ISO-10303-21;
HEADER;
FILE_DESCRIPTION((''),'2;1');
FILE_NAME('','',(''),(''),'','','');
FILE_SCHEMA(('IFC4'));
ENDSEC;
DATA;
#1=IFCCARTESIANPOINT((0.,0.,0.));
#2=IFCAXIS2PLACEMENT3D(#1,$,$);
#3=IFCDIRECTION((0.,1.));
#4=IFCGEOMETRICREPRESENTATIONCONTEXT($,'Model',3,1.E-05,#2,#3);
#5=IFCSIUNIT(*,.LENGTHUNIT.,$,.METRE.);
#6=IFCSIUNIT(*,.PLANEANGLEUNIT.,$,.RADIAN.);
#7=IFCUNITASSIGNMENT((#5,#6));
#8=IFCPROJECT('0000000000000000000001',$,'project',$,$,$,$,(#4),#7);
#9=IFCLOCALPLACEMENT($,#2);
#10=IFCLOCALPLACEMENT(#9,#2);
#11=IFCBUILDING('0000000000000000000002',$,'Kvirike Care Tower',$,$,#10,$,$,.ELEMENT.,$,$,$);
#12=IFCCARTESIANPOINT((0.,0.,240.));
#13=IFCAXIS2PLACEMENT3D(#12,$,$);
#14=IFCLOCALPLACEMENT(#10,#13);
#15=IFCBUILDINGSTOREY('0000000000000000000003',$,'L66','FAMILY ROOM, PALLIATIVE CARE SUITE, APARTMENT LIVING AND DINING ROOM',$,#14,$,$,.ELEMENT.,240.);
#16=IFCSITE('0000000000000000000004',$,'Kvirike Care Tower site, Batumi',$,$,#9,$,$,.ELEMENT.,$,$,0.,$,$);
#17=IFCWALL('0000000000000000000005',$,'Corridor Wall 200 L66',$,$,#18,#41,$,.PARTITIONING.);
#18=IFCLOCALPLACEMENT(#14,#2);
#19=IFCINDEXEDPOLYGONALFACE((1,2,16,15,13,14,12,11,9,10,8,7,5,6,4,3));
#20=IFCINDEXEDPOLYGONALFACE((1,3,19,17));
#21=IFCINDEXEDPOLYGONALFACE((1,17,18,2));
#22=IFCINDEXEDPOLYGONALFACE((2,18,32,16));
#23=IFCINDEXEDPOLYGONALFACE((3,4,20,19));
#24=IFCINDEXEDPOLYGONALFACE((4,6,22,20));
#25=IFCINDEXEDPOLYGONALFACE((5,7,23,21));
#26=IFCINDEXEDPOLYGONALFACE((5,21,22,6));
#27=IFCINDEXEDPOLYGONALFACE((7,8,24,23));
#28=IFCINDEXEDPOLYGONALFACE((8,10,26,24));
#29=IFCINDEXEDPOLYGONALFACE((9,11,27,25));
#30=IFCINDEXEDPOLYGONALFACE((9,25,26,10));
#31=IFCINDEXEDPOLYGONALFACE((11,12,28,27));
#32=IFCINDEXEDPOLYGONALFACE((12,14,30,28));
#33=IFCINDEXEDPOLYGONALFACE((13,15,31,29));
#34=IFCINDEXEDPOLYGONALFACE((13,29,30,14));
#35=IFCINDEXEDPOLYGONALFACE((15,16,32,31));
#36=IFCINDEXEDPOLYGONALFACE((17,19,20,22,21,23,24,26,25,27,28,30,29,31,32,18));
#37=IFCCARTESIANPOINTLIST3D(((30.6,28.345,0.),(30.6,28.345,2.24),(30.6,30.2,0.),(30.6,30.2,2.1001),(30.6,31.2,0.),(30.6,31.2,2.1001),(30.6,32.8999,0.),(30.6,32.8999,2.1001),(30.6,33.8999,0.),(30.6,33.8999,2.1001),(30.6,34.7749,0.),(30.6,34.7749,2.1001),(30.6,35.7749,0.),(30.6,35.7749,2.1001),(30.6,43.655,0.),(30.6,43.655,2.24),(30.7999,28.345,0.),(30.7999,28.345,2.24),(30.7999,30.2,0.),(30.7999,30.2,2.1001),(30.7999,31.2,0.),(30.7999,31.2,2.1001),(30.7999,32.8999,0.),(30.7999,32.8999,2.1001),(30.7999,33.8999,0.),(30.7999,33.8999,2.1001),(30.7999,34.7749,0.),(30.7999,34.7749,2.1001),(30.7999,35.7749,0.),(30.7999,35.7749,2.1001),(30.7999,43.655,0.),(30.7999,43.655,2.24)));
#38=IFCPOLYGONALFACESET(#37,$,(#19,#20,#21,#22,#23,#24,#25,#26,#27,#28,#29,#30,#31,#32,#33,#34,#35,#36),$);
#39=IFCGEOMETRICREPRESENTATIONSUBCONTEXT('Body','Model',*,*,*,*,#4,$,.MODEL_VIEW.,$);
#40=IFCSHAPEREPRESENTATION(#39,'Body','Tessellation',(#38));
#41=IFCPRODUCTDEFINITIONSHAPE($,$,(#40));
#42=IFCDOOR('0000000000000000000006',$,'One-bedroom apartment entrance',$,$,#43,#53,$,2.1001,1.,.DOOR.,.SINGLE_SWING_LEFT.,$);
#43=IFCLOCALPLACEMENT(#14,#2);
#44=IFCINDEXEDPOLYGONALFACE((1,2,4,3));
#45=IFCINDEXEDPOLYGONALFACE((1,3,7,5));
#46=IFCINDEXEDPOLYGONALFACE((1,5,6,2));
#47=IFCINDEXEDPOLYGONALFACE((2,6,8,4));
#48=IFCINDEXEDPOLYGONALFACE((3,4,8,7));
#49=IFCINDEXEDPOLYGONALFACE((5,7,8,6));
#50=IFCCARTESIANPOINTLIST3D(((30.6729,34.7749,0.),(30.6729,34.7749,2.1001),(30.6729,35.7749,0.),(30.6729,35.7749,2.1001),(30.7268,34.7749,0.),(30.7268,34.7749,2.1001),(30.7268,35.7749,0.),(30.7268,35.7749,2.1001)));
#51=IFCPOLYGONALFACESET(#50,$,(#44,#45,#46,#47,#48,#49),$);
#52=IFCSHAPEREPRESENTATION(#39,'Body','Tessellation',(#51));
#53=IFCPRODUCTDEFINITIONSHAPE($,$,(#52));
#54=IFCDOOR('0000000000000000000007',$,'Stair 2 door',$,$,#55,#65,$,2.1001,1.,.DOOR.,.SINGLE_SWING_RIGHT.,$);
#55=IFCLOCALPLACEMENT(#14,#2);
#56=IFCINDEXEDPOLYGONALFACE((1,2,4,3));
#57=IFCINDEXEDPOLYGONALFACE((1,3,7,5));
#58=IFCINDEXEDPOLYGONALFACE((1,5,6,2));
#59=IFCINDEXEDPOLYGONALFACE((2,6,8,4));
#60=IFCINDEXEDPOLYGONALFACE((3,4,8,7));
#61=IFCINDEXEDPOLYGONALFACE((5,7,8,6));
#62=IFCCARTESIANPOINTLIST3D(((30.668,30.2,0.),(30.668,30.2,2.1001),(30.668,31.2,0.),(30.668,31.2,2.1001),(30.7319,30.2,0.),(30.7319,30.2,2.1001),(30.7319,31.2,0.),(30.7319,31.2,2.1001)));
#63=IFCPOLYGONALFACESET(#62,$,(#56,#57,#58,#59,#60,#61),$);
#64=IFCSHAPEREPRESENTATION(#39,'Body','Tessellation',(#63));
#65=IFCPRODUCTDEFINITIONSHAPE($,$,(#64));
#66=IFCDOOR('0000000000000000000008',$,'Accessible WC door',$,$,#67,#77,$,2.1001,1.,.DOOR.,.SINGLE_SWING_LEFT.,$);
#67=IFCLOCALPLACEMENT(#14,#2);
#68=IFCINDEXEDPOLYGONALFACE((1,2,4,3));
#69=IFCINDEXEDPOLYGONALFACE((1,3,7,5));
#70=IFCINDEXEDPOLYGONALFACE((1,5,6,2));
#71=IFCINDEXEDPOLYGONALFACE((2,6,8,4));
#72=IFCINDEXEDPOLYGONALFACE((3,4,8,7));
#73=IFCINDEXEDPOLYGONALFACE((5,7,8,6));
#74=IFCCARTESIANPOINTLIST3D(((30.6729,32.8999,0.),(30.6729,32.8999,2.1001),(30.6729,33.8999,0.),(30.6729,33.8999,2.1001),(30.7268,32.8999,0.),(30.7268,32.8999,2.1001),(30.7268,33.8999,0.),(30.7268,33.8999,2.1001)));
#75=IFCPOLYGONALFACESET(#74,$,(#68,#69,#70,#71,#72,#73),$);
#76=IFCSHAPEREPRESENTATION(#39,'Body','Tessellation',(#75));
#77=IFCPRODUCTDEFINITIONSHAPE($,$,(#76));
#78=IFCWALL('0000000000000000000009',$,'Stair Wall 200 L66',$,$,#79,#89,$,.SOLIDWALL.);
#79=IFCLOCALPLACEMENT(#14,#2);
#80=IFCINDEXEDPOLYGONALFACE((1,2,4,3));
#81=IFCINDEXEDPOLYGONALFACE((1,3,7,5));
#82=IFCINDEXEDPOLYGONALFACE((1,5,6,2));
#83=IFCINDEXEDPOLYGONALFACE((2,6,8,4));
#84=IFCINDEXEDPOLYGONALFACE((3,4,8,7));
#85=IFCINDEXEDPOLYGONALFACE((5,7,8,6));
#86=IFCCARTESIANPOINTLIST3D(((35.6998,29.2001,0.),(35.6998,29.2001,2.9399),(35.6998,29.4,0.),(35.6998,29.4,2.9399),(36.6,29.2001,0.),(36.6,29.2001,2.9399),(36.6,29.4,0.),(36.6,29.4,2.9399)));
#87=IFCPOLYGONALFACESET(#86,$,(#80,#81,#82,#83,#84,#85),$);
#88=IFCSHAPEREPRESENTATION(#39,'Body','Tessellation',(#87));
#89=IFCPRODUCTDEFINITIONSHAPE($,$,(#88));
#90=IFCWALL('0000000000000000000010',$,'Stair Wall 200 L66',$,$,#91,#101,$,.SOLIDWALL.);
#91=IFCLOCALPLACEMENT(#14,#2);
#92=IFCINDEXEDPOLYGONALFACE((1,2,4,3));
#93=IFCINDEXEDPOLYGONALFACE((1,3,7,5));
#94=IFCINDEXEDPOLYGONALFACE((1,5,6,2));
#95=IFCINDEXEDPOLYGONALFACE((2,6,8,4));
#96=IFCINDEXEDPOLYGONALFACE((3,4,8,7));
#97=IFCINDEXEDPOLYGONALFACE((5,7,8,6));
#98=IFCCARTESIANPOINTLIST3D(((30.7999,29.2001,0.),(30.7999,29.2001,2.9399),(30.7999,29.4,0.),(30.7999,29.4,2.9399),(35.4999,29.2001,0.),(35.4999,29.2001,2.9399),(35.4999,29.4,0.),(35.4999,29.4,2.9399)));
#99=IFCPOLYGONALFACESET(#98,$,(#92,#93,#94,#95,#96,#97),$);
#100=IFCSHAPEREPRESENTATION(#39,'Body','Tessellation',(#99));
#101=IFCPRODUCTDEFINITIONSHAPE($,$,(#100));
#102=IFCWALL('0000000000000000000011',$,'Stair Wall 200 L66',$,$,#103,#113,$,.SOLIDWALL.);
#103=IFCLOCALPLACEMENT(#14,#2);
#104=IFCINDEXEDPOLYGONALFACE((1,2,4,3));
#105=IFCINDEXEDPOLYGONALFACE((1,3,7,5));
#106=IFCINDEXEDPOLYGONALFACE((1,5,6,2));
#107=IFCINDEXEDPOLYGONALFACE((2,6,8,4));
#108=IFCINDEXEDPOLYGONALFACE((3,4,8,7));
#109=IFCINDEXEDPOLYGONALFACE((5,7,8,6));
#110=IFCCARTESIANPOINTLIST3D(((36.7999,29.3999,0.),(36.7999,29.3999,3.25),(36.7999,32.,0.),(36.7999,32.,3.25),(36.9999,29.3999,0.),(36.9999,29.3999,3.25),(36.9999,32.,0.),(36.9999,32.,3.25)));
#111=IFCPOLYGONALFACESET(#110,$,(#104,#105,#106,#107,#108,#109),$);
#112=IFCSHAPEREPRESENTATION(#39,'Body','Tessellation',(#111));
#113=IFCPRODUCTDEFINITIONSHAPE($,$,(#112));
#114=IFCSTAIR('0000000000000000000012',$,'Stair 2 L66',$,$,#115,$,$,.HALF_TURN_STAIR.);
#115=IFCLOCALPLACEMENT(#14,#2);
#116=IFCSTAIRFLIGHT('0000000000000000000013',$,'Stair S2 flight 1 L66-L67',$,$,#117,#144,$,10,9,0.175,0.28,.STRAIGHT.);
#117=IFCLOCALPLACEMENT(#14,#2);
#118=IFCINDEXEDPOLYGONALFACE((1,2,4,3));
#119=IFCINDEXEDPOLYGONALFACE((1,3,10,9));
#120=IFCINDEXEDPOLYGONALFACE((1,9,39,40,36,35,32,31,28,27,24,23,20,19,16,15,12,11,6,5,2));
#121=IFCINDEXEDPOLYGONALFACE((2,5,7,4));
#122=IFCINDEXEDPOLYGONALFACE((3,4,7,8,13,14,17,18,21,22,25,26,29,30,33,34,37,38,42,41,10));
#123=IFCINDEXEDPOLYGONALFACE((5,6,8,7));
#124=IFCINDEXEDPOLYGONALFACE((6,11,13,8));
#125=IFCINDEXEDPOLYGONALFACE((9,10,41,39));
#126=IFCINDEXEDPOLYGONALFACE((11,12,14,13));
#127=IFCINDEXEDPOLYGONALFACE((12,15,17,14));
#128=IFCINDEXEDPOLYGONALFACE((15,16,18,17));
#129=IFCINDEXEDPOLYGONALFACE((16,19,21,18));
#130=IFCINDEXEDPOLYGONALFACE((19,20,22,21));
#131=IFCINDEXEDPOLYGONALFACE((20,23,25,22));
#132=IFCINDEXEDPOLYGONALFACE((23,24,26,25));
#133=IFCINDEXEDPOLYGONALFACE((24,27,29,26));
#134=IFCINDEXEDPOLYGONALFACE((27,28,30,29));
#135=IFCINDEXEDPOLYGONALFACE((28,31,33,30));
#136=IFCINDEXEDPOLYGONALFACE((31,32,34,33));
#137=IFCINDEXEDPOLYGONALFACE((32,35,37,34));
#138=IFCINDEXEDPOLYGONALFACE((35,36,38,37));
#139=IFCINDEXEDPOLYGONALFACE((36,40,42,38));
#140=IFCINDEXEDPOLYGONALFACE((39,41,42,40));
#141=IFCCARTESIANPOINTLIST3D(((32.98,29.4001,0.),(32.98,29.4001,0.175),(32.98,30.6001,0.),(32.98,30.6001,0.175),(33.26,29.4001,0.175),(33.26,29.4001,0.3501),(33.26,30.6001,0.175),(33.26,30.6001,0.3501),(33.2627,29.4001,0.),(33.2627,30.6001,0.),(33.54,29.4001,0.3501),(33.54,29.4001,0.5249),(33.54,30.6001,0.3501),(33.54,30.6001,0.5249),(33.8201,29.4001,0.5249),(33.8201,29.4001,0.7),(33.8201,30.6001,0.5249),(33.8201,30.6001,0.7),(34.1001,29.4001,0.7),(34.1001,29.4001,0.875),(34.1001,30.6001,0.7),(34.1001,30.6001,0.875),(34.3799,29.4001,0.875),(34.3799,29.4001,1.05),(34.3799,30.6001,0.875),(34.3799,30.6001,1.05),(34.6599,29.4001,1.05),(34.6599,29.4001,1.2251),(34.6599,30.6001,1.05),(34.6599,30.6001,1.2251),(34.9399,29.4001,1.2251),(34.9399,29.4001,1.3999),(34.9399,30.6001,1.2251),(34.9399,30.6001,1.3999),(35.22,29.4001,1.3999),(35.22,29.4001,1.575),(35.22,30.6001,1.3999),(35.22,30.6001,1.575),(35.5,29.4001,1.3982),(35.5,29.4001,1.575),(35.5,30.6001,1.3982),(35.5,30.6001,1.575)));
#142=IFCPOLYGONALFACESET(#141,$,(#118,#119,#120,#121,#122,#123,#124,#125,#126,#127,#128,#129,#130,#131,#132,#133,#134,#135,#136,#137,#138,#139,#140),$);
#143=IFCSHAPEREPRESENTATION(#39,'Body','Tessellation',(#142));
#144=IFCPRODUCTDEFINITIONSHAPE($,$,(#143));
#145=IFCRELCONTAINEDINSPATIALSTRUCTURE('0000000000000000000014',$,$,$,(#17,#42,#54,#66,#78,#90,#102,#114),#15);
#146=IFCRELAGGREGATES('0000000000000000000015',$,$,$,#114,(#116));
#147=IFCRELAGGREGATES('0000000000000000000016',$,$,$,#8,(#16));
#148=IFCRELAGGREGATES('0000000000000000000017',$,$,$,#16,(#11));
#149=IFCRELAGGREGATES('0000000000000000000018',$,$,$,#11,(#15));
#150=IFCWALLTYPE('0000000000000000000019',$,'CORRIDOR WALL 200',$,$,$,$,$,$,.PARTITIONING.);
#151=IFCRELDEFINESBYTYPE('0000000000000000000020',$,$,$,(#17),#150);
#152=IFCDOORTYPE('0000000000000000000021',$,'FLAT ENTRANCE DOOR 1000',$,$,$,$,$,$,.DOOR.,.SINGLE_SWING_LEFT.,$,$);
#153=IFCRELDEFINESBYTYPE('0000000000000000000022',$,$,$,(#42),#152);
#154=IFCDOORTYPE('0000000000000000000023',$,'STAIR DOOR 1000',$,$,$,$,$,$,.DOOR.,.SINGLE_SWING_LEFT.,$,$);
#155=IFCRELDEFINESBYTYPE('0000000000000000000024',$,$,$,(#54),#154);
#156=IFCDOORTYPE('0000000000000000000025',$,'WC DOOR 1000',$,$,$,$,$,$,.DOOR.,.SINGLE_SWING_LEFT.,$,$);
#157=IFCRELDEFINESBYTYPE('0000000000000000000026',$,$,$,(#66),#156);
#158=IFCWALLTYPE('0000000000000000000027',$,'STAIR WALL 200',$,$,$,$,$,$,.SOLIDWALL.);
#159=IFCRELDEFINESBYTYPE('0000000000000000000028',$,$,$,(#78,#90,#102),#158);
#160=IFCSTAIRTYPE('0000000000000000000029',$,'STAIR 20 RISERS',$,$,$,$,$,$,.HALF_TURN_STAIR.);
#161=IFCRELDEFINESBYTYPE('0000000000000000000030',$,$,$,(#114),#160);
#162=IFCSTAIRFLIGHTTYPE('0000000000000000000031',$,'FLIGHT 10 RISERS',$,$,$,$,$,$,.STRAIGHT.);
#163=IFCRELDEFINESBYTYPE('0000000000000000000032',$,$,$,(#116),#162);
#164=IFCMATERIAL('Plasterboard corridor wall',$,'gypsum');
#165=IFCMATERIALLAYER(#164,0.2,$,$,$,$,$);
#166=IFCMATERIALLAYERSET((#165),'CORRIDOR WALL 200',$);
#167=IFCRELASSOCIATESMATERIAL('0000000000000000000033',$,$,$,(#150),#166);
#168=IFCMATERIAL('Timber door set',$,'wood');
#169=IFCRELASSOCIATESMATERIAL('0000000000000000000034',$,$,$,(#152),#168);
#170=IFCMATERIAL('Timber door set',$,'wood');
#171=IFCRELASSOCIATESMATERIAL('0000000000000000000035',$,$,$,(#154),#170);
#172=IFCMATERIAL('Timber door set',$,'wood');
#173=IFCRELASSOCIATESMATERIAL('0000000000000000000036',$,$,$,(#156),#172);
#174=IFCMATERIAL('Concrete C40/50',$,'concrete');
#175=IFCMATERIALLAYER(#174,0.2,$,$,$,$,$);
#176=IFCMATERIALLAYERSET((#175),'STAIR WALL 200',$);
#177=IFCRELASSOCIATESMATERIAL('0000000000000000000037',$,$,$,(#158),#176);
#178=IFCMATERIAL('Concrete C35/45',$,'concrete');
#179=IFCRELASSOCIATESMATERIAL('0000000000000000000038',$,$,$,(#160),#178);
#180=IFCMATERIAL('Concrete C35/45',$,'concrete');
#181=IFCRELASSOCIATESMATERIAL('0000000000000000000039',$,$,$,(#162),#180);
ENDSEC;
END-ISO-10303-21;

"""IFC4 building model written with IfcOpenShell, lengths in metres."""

from ifc_helpers import new_model, si_unit, direction, frame, frame_2d, origin, place, context, subcontext, project, spatial, polyline, rectangle, outline, extrude, material, layer, layer_set, type_object, element, fill, aggregate, save


model = new_model("IFC4")

# Units and contexts
model_context = context("Model", 3, precision=1e-05, world=origin(), true_north=direction((0.0, 1.0)))
body_context = subcontext(model_context, "Body", "Model", "MODEL_VIEW")
ifc_project = project(units=[si_unit("LENGTHUNIT", "METRE"), si_unit("PLANEANGLEUNIT", "RADIAN")], contexts=[model_context])

# Site, building, storey
site_placement = place(None, origin())
site = spatial("IfcSite", under=ifc_project, at=site_placement, Name="Kvirike Care Tower site, Batumi", CompositionType="ELEMENT", RefElevation=0.0)
building_placement = place(site_placement, origin())
building = spatial("IfcBuilding", under=site, at=building_placement, Name="Kvirike Care Tower", CompositionType="ELEMENT")
storey_placement = place(building_placement, frame((0.0, 0.0, 240.0)))
storey = spatial("IfcBuildingStorey", under=building, at=storey_placement, Name="L66", Description="FAMILY ROOM, PALLIATIVE CARE SUITE, APARTMENT LIVING AND DINING ROOM", CompositionType="ELEMENT", Elevation=240.0)

# Wall, openings, doors
ifc_material_1 = material(Name="Plasterboard corridor wall", Category="gypsum")
ifc_layer_1 = layer(ifc_material_1, 0.2)
ifc_layer_set_1 = layer_set([ifc_layer_1], Name="CORRIDOR WALL 200")
wall_type_1 = type_object("IfcWallType", Name="CORRIDOR WALL 200", PredefinedType="PARTITIONING", material=ifc_layer_set_1)
wall_1_placement = place(storey_placement, frame((30.7, 28.345, 0.0), z_axis=(0.0, 0.0, 1.0), x_axis=(0.0, 1.0, 0.0)))
wall_1 = element("IfcWall", 1, at=wall_1_placement, inside=storey, type_object=wall_type_1, Name="Corridor Wall 200 L66", PredefinedType="PARTITIONING", context=body_context, shape_type="SweptSolid", body=[
    extrude(rectangle(XDim=15.3101, YDim=0.2, at=frame_2d((7.655, 0.0))), origin(), (0.0, 0.0, 1.0), 2.24),
])
opening_1_placement = place(wall_1_placement, frame((1.855, 0.0, 0.0)))
opening_1 = element("IfcOpeningElement", 2, at=opening_1_placement, cuts=wall_1, PredefinedType="OPENING", context=body_context, shape_type="SweptSolid", body=[
    extrude(rectangle(XDim=1.0, YDim=2.1001, at=frame_2d((0.5, 1.05))), frame((0.0, 0.1106, 0.0), z_axis=(0.0, -1.0, 0.0), x_axis=(1.0, 0.0, 0.0)), (0.0, 0.0, 1.0), 0.2209),
])
opening_2_placement = place(wall_1_placement, frame((4.5549, 0.0, 0.0)))
opening_2 = element("IfcOpeningElement", 3, at=opening_2_placement, cuts=wall_1, PredefinedType="OPENING", context=body_context, shape_type="SweptSolid", body=[
    extrude(rectangle(XDim=1.0, YDim=2.1001, at=frame_2d((0.5, 1.05))), frame((0.0, 0.1106, 0.0), z_axis=(0.0, -1.0, 0.0), x_axis=(1.0, 0.0, 0.0)), (0.0, 0.0, 1.0), 0.2209),
])
opening_3_placement = place(wall_1_placement, frame((6.4299, 0.0, 0.0)))
opening_3 = element("IfcOpeningElement", 4, at=opening_3_placement, cuts=wall_1, PredefinedType="OPENING", context=body_context, shape_type="SweptSolid", body=[
    extrude(rectangle(XDim=1.0, YDim=2.1001, at=frame_2d((0.5, 1.05))), frame((0.0, 0.1106, 0.0), z_axis=(0.0, -1.0, 0.0), x_axis=(1.0, 0.0, 0.0)), (0.0, 0.0, 1.0), 0.2209),
])
ifc_material_2 = material(Name="Timber door set", Category="wood")
door_type_1 = type_object("IfcDoorType", Name="FLAT ENTRANCE DOOR 1000", OperationType="SINGLE_SWING_LEFT", PredefinedType="DOOR", material=ifc_material_2)
door_1_placement = place(opening_3_placement, frame((1.0, 0.0, 0.0), z_axis=(0.0, 0.0, 1.0), x_axis=(-1.0, 0.0, 0.0)))
door_1 = element("IfcDoor", 5, at=door_1_placement, inside=storey, type_object=door_type_1, Name="One-bedroom apartment entrance", OperationType="SINGLE_SWING_LEFT", OverallHeight=2.1001, OverallWidth=1.0, PredefinedType="DOOR", context=body_context, shape_type="SweptSolid", body=[
    extrude(rectangle(XDim=1.0, YDim=2.1001, at=frame_2d((0.5, 1.05))), frame((0.0, 0.0269, 0.0), z_axis=(0.0, -1.0, 0.0), x_axis=(1.0, 0.0, 0.0)), (0.0, 0.0, 1.0), 0.054),
])
fill(opening_3, door_1)
ifc_material_3 = material(Name="Timber door set", Category="wood")
door_type_2 = type_object("IfcDoorType", Name="STAIR DOOR 1000", OperationType="SINGLE_SWING_LEFT", PredefinedType="DOOR", material=ifc_material_3)
door_2_placement = place(opening_1_placement, frame((1.0, 0.0, 0.0), z_axis=(0.0, 0.0, 1.0), x_axis=(-1.0, 0.0, 0.0)))
door_2 = element("IfcDoor", 6, at=door_2_placement, inside=storey, type_object=door_type_2, Name="Stair 2 door", OperationType="SINGLE_SWING_RIGHT", OverallHeight=2.1001, OverallWidth=1.0, PredefinedType="DOOR", context=body_context, shape_type="SweptSolid", body=[
    extrude(rectangle(XDim=1.0, YDim=2.1001, at=frame_2d((0.5, 1.05))), frame((0.0, 0.032, 0.0), z_axis=(0.0, -1.0, 0.0), x_axis=(1.0, 0.0, 0.0)), (0.0, 0.0, 1.0), 0.064),
])
fill(opening_1, door_2)
ifc_material_4 = material(Name="Timber door set", Category="wood")
door_type_3 = type_object("IfcDoorType", Name="WC DOOR 1000", OperationType="SINGLE_SWING_LEFT", PredefinedType="DOOR", material=ifc_material_4)
door_3_placement = place(opening_2_placement, frame((1.0, 0.0, 0.0), z_axis=(0.0, 0.0, 1.0), x_axis=(-1.0, 0.0, 0.0)))
door_3 = element("IfcDoor", 7, at=door_3_placement, inside=storey, type_object=door_type_3, Name="Accessible WC door", OperationType="SINGLE_SWING_LEFT", OverallHeight=2.1001, OverallWidth=1.0, PredefinedType="DOOR", context=body_context, shape_type="SweptSolid", body=[
    extrude(rectangle(XDim=1.0, YDim=2.1001, at=frame_2d((0.5, 1.05))), frame((0.0, 0.0269, 0.0), z_axis=(0.0, -1.0, 0.0), x_axis=(1.0, 0.0, 0.0)), (0.0, 0.0, 1.0), 0.054),
])
fill(opening_2, door_3)

# Walls
ifc_material_5 = material(Name="Concrete C40/50", Category="concrete")
ifc_layer_2 = layer(ifc_material_5, 0.2)
ifc_layer_set_2 = layer_set([ifc_layer_2], Name="STAIR WALL 200")
wall_type_2 = type_object("IfcWallType", Name="STAIR WALL 200", PredefinedType="SOLIDWALL", material=ifc_layer_set_2)
wall_2_placement = place(storey_placement, frame((36.6001, 29.3, 0.0), z_axis=(0.0, 0.0, 1.0), x_axis=(-1.0, 0.0, 0.0)))
element("IfcWall", 8, at=wall_2_placement, inside=storey, type_object=wall_type_2, Name="Stair Wall 200 L66", PredefinedType="SOLIDWALL", context=body_context, shape_type="SweptSolid", body=[
    extrude(rectangle(XDim=0.9001, YDim=0.2, at=frame_2d((0.4502, 0.0))), origin(), (0.0, 0.0, 1.0), 2.9399),
])
wall_3_placement = place(storey_placement, frame((35.5, 29.3, 0.0), z_axis=(0.0, 0.0, 1.0), x_axis=(-1.0, 0.0, 0.0)))
element("IfcWall", 9, at=wall_3_placement, inside=storey, type_object=wall_type_2, Name="Stair Wall 200 L66", PredefinedType="SOLIDWALL", context=body_context, shape_type="SweptSolid", body=[
    extrude(rectangle(XDim=4.7, YDim=0.2, at=frame_2d((2.3501, 0.0))), origin(), (0.0, 0.0, 1.0), 2.9399),
])
wall_4_placement = place(storey_placement, frame((36.8999, 29.3999, 0.0), z_axis=(0.0, 0.0, 1.0), x_axis=(0.0, 1.0, 0.0)))
element("IfcWall", 10, at=wall_4_placement, inside=storey, type_object=wall_type_2, Name="Stair Wall 200 L66", PredefinedType="SOLIDWALL", context=body_context, shape_type="SweptSolid", body=[
    extrude(rectangle(XDim=2.6001, YDim=0.2, at=frame_2d((1.3, 0.0))), origin(), (0.0, 0.0, 1.0), 3.25),
])

# Stair, stair flight
ifc_material_6 = material(Name="Concrete C35/45", Category="concrete")
stair_type = type_object("IfcStairType", Name="STAIR 20 RISERS", PredefinedType="HALF_TURN_STAIR", material=ifc_material_6)
stair_placement = place(storey_placement, origin())
stair = element("IfcStair", 11, at=stair_placement, inside=storey, type_object=stair_type, Name="Stair 2 L66", PredefinedType="HALF_TURN_STAIR")
ifc_material_7 = material(Name="Concrete C35/45", Category="concrete")
stair_flight_type = type_object("IfcStairFlightType", Name="FLIGHT 10 RISERS", PredefinedType="STRAIGHT", material=ifc_material_7)
stair_flight_1_placement = place(storey_placement, frame((32.98, 30.0, 0.0), z_axis=(0.0, 0.0, 1.0), x_axis=(1.0, 0.0, 0.0)))
stair_flight_1 = element("IfcStairFlight", 12, at=stair_flight_1_placement, type_object=stair_flight_type, Name="Stair S2 flight 1 L66-L67", NumberOfRisers=10, NumberOfTreads=9, PredefinedType="STRAIGHT", RiserHeight=0.175, TreadLength=0.28, context=body_context, shape_type="SweptSolid", body=[
    extrude(outline(polyline([(0.0, 0.0), (0.0, 0.175), (0.28, 0.175), (0.28, 0.3501), (0.5601, 0.3501), (0.5601, 0.5249), (0.8401, 0.5249), (0.8401, 0.7), (1.1201, 0.7), (1.1201, 0.875), (1.3999, 0.875), (1.3999, 1.05), (1.6799, 1.05), (1.6799, 1.2251), (1.96, 1.2251), (1.96, 1.3999), (2.24, 1.3999), (2.24, 1.575), (2.52, 1.575), (2.52, 1.75), (2.52, 1.3982), (0.2827, 0.0), (0.0, 0.0)])), frame((0.0, 0.6001, 0.0), z_axis=(0.0, -1.0, 0.0), x_axis=(1.0, 0.0, 0.0)), (0.0, 0.0, 1.0), 1.2),
])
aggregate(stair, [stair_flight_1])

save(model, "model.ifc")
